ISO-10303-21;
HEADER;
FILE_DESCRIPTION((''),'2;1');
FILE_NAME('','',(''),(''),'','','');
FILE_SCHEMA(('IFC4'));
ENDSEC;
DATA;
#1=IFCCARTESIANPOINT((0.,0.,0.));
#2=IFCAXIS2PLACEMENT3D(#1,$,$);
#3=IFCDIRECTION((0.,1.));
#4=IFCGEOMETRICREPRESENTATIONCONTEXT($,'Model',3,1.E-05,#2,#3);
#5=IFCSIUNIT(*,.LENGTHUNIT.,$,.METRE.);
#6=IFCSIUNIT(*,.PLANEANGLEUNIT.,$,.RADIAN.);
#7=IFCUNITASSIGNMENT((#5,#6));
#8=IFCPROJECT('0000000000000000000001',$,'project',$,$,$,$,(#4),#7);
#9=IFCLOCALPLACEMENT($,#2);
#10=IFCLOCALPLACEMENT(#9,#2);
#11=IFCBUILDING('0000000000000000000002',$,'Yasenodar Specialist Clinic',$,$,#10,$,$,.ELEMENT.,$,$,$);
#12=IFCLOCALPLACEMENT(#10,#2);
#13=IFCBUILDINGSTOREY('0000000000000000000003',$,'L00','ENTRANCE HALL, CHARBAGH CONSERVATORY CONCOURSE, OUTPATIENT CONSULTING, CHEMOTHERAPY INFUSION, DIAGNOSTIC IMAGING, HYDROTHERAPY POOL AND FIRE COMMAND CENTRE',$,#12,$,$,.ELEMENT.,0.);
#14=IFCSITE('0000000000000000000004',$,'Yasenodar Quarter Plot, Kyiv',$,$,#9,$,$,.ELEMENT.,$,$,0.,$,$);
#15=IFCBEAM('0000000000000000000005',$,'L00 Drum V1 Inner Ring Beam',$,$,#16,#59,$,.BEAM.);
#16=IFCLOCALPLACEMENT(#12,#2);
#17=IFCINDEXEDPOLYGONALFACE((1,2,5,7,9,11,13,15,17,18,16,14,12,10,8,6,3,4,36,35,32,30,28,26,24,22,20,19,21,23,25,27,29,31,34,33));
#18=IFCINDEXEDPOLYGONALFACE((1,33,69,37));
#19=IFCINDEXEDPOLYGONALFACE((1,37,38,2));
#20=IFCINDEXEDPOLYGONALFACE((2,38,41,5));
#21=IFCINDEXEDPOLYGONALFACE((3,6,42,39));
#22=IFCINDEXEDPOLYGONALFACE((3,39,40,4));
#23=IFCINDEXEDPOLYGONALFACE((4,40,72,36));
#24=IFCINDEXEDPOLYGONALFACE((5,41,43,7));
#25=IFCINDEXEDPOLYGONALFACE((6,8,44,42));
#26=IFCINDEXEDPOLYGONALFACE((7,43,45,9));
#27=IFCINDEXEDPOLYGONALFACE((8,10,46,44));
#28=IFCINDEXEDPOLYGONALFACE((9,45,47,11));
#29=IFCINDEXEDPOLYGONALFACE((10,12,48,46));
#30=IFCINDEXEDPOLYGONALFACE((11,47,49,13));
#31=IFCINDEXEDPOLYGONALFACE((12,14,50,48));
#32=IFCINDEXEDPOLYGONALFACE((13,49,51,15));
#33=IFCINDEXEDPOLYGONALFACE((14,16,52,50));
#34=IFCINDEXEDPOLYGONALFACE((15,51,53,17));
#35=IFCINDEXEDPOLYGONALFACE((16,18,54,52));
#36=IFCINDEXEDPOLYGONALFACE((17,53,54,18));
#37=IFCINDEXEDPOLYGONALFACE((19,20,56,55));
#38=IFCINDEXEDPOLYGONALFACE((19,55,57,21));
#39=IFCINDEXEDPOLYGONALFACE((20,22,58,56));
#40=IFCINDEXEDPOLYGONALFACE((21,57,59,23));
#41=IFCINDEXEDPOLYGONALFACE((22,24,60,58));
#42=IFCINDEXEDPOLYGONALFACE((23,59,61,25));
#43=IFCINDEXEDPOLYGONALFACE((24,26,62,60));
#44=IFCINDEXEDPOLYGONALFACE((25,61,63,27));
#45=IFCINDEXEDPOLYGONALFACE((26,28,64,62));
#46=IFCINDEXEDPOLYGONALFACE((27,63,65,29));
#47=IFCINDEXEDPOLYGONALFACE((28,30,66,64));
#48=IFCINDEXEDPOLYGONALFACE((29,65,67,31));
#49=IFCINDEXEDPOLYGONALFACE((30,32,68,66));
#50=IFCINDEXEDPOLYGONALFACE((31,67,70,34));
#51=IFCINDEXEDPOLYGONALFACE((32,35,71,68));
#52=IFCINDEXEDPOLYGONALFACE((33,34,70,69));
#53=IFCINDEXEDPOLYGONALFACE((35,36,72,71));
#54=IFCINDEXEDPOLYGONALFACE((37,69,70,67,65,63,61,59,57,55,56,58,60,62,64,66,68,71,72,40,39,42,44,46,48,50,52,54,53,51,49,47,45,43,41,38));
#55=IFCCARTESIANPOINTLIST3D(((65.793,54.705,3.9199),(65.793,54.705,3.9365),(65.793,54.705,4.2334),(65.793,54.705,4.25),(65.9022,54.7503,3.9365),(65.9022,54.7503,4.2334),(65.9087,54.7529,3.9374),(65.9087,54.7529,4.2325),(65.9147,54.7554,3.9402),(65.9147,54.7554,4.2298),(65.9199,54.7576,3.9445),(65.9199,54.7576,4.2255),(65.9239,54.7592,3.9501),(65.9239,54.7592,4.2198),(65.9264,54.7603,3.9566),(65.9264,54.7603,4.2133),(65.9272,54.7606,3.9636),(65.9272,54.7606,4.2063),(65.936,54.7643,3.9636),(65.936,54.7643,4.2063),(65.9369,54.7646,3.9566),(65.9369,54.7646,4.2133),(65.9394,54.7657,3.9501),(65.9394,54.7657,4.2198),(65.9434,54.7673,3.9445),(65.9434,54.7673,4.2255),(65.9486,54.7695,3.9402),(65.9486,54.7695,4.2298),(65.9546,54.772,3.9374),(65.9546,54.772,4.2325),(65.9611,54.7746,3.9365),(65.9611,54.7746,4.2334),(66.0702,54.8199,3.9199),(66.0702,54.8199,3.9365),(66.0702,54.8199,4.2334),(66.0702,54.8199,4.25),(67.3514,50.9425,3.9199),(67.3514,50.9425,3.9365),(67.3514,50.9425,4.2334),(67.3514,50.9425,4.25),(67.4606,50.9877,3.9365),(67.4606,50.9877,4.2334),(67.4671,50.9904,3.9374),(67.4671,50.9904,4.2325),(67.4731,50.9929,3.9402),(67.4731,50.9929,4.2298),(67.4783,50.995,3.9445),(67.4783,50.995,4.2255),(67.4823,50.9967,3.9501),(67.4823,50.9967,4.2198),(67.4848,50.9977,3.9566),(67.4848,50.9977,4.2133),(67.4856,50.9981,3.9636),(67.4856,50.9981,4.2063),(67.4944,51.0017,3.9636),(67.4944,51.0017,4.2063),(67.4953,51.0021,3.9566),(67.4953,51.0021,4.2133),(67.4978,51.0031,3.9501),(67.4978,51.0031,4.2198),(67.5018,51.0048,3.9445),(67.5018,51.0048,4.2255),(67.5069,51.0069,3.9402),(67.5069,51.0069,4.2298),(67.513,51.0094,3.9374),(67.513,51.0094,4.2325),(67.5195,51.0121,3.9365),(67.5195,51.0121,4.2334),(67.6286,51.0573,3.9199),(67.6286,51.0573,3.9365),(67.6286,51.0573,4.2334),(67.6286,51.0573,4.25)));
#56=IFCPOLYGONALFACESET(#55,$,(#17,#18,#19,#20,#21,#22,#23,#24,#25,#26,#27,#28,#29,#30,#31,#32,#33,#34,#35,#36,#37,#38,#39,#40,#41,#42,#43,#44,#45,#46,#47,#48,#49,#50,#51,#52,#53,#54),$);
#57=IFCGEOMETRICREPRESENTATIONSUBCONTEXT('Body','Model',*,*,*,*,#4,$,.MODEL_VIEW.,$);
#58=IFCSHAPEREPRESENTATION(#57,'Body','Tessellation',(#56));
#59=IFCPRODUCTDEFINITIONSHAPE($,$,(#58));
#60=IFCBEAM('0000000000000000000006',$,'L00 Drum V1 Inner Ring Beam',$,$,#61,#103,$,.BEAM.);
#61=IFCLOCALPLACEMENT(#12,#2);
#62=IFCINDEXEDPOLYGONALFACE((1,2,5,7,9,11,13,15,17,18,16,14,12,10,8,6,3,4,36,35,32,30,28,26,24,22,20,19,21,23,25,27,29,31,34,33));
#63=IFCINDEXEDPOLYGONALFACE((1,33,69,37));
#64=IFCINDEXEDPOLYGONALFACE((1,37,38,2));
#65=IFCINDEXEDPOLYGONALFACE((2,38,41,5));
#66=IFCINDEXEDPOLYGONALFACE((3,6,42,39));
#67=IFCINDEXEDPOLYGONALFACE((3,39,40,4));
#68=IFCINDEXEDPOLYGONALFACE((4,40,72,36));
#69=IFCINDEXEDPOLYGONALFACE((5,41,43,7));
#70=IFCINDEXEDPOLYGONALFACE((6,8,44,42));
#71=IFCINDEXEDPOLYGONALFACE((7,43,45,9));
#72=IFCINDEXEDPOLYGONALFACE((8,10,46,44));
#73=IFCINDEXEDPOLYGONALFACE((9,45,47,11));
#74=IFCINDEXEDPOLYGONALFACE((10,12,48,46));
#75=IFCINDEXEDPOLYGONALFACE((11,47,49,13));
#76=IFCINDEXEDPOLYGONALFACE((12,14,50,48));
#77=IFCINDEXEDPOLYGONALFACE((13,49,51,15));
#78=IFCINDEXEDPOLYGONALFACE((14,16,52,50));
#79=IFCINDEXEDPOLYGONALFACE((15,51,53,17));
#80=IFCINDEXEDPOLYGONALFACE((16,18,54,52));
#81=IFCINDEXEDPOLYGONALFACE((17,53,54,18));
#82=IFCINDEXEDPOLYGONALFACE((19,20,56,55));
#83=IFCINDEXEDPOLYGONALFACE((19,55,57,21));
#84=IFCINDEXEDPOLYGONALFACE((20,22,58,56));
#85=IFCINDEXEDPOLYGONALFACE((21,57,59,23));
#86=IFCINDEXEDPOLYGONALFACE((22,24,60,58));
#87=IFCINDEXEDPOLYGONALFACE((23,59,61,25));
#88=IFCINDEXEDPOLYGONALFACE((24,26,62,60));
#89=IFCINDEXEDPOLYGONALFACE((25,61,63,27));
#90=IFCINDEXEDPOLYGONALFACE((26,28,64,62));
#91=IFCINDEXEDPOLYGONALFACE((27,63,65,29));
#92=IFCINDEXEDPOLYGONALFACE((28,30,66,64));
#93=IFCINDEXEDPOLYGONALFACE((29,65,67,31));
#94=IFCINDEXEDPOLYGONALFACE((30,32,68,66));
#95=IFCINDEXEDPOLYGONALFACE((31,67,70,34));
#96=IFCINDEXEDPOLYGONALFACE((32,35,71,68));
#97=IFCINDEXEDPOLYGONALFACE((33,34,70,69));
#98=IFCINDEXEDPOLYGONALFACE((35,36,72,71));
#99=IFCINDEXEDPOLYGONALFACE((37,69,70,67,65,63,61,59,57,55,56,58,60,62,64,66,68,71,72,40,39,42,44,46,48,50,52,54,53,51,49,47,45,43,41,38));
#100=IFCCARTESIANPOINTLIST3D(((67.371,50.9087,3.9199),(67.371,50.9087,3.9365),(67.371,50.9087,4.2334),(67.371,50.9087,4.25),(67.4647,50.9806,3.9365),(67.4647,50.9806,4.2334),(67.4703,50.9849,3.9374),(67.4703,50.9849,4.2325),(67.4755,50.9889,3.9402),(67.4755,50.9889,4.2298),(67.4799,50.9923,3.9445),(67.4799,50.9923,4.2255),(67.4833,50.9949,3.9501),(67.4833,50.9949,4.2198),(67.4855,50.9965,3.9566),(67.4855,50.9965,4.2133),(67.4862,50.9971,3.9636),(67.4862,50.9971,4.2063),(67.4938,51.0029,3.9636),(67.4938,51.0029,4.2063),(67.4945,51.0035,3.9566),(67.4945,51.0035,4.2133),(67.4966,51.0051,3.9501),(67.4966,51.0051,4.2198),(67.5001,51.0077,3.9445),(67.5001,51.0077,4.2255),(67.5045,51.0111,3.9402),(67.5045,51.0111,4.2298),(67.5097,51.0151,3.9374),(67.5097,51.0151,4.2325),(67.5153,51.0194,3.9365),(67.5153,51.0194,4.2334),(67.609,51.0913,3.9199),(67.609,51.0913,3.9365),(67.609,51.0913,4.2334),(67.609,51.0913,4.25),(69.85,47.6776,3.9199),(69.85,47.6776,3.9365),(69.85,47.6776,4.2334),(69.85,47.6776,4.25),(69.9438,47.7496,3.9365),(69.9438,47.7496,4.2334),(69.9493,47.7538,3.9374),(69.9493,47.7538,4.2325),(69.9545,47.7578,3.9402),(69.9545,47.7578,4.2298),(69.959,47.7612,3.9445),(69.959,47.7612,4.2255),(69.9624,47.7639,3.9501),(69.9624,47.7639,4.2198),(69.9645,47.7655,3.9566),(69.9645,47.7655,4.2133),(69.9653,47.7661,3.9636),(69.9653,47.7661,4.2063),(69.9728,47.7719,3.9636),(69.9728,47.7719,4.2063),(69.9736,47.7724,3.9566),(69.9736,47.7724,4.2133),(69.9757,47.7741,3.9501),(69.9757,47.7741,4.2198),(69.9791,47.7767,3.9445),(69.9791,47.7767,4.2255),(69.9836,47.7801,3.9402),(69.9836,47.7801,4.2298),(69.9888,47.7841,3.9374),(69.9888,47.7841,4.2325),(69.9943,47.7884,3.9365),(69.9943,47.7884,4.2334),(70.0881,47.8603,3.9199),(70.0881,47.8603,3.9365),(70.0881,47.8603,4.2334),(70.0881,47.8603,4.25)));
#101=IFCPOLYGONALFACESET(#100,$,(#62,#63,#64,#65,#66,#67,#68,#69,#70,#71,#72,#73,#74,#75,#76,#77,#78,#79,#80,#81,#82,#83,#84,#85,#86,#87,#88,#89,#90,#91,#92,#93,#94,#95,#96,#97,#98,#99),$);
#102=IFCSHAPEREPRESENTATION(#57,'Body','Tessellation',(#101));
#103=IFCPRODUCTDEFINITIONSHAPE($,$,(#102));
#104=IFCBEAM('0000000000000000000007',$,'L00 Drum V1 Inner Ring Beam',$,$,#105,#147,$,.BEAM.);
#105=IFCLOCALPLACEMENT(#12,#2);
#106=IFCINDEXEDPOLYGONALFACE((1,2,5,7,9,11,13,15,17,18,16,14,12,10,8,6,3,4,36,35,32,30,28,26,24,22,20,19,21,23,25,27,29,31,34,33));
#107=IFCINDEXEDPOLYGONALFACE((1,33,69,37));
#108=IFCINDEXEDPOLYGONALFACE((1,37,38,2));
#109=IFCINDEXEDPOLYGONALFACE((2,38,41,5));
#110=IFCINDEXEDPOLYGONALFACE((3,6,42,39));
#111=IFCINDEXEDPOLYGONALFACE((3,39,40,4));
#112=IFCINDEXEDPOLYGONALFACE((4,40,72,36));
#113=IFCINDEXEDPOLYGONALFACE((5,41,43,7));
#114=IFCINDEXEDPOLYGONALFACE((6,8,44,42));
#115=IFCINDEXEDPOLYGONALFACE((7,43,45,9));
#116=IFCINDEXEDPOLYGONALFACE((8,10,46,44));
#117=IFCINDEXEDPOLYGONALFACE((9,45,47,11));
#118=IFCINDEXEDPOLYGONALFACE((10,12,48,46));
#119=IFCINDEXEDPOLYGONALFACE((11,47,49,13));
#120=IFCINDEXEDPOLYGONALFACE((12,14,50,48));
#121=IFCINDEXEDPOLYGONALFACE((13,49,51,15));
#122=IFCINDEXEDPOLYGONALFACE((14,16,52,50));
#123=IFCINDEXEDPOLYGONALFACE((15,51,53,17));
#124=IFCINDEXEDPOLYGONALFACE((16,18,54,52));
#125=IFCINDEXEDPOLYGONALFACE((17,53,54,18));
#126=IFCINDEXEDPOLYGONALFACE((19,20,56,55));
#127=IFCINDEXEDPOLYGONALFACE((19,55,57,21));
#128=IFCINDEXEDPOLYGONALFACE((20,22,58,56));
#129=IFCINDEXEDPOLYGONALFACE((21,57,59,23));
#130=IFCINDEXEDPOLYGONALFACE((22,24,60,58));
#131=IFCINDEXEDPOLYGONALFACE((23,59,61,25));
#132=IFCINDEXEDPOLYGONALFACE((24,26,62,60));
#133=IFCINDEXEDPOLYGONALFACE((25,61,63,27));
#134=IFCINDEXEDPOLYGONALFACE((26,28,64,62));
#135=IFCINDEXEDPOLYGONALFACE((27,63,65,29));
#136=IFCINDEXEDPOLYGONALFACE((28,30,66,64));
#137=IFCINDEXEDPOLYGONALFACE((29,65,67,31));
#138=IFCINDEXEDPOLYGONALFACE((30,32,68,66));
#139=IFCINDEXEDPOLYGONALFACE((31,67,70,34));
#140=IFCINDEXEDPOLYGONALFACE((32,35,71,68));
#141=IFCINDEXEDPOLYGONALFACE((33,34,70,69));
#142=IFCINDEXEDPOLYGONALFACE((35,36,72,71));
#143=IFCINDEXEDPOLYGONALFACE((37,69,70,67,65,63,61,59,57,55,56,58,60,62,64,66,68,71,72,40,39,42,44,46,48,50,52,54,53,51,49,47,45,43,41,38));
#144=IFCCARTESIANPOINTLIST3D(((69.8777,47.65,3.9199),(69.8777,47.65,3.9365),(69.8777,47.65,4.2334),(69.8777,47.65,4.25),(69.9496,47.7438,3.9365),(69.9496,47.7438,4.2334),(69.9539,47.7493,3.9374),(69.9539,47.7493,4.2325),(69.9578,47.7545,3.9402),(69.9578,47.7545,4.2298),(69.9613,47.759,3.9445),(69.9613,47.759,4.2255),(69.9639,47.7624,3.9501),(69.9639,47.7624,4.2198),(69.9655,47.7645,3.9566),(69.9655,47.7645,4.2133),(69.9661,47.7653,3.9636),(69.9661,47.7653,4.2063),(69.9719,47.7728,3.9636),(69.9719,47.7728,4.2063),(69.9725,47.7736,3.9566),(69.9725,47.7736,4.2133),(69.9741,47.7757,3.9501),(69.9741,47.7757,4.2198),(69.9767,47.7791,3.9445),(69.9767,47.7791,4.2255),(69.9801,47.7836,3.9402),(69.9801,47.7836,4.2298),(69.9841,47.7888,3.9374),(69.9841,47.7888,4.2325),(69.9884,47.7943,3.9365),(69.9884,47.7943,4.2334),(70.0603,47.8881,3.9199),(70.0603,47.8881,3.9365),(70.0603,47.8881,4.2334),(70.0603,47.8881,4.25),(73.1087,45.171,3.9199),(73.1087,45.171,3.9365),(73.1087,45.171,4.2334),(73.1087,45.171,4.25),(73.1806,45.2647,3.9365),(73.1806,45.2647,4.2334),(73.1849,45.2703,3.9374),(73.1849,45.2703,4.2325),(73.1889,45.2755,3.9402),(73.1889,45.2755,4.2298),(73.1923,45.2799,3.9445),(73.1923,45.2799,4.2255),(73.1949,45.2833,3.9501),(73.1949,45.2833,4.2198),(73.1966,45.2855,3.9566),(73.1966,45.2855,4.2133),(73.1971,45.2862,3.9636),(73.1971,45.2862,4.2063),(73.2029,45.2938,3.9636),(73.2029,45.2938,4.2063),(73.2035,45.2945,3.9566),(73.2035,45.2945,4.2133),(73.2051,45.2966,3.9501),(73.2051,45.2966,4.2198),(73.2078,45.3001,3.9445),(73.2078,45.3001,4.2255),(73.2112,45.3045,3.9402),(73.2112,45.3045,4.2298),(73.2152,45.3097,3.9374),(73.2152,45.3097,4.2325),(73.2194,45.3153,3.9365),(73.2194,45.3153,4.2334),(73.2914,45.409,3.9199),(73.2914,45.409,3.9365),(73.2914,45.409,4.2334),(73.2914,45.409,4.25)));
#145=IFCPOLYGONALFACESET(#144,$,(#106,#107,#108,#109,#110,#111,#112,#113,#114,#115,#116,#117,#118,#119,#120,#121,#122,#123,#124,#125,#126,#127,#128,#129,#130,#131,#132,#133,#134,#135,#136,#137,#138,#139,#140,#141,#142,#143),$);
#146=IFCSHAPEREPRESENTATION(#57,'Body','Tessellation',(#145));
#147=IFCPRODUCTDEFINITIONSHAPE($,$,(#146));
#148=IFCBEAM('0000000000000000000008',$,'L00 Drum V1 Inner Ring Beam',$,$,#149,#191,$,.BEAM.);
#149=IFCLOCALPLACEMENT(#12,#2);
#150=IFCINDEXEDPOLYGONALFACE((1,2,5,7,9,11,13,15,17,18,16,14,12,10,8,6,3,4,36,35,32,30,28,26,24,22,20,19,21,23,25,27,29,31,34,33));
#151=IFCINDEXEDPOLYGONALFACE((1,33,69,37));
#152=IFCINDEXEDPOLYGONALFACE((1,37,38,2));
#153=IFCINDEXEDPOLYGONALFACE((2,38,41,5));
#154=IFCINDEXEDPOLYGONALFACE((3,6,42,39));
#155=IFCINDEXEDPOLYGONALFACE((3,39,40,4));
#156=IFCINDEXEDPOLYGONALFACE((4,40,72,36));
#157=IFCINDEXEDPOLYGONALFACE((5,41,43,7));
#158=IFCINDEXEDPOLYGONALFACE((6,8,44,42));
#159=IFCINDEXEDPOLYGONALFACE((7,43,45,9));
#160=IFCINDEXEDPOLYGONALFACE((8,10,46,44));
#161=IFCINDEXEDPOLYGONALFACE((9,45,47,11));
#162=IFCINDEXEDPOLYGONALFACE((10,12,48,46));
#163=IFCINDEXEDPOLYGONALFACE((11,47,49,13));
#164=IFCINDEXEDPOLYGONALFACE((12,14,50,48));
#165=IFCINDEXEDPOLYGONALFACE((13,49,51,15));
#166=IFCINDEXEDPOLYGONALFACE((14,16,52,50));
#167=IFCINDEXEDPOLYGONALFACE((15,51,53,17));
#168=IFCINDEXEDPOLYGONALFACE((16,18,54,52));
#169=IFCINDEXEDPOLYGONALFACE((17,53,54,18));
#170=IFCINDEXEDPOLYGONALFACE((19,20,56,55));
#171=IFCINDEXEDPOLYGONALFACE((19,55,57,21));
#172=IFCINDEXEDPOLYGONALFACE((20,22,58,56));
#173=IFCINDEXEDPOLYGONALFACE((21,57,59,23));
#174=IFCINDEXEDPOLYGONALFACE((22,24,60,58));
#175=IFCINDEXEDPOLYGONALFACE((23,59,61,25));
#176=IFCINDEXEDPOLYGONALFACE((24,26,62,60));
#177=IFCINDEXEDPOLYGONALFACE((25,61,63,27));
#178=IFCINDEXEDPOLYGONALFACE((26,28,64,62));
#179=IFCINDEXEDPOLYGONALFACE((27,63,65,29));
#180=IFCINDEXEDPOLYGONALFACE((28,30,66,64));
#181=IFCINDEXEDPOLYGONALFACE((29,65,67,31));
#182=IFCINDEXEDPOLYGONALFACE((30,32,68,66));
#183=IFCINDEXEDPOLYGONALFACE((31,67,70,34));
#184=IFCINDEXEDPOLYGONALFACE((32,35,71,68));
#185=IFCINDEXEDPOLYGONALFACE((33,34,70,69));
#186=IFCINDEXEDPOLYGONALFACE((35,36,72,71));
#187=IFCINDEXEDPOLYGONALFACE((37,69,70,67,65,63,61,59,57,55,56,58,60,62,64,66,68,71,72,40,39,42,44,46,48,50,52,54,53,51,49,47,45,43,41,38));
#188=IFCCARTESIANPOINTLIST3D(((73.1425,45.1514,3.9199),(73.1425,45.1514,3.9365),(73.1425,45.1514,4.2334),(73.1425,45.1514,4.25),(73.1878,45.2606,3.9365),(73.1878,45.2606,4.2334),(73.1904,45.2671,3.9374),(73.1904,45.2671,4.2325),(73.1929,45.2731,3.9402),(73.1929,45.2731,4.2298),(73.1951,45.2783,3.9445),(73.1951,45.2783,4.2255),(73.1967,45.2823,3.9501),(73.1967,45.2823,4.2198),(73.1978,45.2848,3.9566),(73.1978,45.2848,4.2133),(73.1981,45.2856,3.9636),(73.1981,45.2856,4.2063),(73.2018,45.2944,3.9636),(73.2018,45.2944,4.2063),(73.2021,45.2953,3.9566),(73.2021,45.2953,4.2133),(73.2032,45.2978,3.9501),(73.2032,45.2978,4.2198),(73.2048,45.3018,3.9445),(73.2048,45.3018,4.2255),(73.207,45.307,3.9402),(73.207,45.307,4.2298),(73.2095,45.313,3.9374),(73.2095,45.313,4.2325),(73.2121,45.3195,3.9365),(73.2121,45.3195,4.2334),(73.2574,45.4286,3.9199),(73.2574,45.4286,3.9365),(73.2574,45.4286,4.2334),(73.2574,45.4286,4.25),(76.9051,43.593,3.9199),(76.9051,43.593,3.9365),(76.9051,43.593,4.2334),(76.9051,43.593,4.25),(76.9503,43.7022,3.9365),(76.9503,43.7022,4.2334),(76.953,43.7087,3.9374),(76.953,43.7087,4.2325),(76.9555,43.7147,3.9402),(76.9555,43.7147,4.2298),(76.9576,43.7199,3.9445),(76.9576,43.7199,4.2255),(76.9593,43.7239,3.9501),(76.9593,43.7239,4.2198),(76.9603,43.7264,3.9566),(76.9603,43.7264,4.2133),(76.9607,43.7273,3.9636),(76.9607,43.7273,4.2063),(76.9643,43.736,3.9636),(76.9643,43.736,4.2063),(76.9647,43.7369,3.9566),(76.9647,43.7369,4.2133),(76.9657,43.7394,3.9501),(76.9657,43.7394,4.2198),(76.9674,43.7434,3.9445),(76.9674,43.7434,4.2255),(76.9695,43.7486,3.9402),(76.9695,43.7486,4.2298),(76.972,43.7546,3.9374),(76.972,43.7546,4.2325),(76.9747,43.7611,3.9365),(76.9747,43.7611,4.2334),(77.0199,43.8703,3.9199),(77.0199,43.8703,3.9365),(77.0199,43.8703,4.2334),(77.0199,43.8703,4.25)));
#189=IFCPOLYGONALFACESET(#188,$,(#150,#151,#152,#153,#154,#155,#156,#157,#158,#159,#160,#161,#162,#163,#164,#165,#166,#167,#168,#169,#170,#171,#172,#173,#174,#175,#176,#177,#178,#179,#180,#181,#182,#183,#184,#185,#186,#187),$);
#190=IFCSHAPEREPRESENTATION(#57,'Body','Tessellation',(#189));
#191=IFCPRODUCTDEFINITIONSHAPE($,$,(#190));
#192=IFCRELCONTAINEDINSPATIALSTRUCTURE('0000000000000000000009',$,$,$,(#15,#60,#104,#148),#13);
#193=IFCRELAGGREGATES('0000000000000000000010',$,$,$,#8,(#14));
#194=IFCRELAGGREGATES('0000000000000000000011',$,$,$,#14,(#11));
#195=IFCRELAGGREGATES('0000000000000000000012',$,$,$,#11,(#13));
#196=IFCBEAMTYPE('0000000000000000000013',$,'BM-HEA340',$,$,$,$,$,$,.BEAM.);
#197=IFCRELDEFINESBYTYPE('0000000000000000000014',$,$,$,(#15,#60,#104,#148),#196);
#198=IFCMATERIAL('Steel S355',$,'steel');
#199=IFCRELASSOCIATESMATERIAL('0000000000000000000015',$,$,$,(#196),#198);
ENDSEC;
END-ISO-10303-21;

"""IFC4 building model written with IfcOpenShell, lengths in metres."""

from ifc_helpers import new_model, si_unit, direction, frame, origin, origin_2d, place, context, subcontext, project, spatial, i_section, extrude, material, material_profile, profile_set, type_object, element, save


model = new_model("IFC4")

# Units and contexts
model_context = context("Model", 3, precision=1e-05, world=origin(), true_north=direction((0.0, 1.0)))
body_context = subcontext(model_context, "Body", "Model", "MODEL_VIEW")
ifc_project = project(units=[si_unit("LENGTHUNIT", "METRE"), si_unit("PLANEANGLEUNIT", "RADIAN")], contexts=[model_context])

# Site, building, storey
site_placement = place(None, origin())
site = spatial("IfcSite", under=ifc_project, at=site_placement, Name="Yasenodar Quarter Plot, Kyiv", CompositionType="ELEMENT", RefElevation=0.0)
building_placement = place(site_placement, origin())
building = spatial("IfcBuilding", under=site, at=building_placement, Name="Yasenodar Specialist Clinic", CompositionType="ELEMENT")
storey_placement = place(building_placement, origin())
storey = spatial("IfcBuildingStorey", under=building, at=storey_placement, Name="L00", Description="ENTRANCE HALL, CHARBAGH CONSERVATORY CONCOURSE, OUTPATIENT CONSULTING, CHEMOTHERAPY INFUSION, DIAGNOSTIC IMAGING, HYDROTHERAPY POOL AND FIRE COMMAND CENTRE", CompositionType="ELEMENT", Elevation=0.0)

# Shared definitions
ifc_material_1 = material(Name="Steel S355", Category="steel")

# Beams
ifc_material_profile_1 = material_profile(ifc_material_1, i_section(OverallWidth=0.3, OverallDepth=0.3301, WebThickness=0.0095, FlangeThickness=0.0166, FilletRadius=0.0271, at=origin_2d()), Name="HEA 340")
ifc_profile_set_1 = profile_set([ifc_material_profile_1], Name="Steel S355")
beam_type_1 = type_object("IfcBeamType", Name="BM-HEA340", PredefinedType="BEAM", material=ifc_profile_set_1)
for number, where, z_axis, x_axis, name in (
    (1, (65.9316, 54.7625, 4.085), (0.382661, -0.923889, 0.0), (0.923889, 0.382661, 0.0), "L00 Drum V1 Inner Ring Beam"),
    (2, (67.49, 51.0, 4.085), (0.608731, -0.793377, 0.0), (0.793377, 0.608731, 0.0), "L00 Drum V1 Inner Ring Beam"),
    (3, (69.969, 47.769, 4.085), (0.793377, -0.608731, 0.0), (0.608731, 0.793377, 0.0), "L00 Drum V1 Inner Ring Beam"),
    (4, (73.2, 45.29, 4.085), (0.923889, -0.382661, 0.0), (0.382661, 0.923889, 0.0), "L00 Drum V1 Inner Ring Beam"),
):
    element("IfcBeam", number, at=place(storey_placement, frame(where, z_axis=z_axis, x_axis=x_axis)), inside=storey, type_object=beam_type_1, Name=name, PredefinedType="BEAM", context=body_context, shape_type="SweptSolid", body=[
        extrude(i_section(OverallWidth=0.3, OverallDepth=0.3301, WebThickness=0.0095, FlangeThickness=0.0166, FilletRadius=0.0271, at=origin_2d()), origin(), (0.0, 0.0, 1.0), 4.0725),
    ])

save(model, "model.ifc")
